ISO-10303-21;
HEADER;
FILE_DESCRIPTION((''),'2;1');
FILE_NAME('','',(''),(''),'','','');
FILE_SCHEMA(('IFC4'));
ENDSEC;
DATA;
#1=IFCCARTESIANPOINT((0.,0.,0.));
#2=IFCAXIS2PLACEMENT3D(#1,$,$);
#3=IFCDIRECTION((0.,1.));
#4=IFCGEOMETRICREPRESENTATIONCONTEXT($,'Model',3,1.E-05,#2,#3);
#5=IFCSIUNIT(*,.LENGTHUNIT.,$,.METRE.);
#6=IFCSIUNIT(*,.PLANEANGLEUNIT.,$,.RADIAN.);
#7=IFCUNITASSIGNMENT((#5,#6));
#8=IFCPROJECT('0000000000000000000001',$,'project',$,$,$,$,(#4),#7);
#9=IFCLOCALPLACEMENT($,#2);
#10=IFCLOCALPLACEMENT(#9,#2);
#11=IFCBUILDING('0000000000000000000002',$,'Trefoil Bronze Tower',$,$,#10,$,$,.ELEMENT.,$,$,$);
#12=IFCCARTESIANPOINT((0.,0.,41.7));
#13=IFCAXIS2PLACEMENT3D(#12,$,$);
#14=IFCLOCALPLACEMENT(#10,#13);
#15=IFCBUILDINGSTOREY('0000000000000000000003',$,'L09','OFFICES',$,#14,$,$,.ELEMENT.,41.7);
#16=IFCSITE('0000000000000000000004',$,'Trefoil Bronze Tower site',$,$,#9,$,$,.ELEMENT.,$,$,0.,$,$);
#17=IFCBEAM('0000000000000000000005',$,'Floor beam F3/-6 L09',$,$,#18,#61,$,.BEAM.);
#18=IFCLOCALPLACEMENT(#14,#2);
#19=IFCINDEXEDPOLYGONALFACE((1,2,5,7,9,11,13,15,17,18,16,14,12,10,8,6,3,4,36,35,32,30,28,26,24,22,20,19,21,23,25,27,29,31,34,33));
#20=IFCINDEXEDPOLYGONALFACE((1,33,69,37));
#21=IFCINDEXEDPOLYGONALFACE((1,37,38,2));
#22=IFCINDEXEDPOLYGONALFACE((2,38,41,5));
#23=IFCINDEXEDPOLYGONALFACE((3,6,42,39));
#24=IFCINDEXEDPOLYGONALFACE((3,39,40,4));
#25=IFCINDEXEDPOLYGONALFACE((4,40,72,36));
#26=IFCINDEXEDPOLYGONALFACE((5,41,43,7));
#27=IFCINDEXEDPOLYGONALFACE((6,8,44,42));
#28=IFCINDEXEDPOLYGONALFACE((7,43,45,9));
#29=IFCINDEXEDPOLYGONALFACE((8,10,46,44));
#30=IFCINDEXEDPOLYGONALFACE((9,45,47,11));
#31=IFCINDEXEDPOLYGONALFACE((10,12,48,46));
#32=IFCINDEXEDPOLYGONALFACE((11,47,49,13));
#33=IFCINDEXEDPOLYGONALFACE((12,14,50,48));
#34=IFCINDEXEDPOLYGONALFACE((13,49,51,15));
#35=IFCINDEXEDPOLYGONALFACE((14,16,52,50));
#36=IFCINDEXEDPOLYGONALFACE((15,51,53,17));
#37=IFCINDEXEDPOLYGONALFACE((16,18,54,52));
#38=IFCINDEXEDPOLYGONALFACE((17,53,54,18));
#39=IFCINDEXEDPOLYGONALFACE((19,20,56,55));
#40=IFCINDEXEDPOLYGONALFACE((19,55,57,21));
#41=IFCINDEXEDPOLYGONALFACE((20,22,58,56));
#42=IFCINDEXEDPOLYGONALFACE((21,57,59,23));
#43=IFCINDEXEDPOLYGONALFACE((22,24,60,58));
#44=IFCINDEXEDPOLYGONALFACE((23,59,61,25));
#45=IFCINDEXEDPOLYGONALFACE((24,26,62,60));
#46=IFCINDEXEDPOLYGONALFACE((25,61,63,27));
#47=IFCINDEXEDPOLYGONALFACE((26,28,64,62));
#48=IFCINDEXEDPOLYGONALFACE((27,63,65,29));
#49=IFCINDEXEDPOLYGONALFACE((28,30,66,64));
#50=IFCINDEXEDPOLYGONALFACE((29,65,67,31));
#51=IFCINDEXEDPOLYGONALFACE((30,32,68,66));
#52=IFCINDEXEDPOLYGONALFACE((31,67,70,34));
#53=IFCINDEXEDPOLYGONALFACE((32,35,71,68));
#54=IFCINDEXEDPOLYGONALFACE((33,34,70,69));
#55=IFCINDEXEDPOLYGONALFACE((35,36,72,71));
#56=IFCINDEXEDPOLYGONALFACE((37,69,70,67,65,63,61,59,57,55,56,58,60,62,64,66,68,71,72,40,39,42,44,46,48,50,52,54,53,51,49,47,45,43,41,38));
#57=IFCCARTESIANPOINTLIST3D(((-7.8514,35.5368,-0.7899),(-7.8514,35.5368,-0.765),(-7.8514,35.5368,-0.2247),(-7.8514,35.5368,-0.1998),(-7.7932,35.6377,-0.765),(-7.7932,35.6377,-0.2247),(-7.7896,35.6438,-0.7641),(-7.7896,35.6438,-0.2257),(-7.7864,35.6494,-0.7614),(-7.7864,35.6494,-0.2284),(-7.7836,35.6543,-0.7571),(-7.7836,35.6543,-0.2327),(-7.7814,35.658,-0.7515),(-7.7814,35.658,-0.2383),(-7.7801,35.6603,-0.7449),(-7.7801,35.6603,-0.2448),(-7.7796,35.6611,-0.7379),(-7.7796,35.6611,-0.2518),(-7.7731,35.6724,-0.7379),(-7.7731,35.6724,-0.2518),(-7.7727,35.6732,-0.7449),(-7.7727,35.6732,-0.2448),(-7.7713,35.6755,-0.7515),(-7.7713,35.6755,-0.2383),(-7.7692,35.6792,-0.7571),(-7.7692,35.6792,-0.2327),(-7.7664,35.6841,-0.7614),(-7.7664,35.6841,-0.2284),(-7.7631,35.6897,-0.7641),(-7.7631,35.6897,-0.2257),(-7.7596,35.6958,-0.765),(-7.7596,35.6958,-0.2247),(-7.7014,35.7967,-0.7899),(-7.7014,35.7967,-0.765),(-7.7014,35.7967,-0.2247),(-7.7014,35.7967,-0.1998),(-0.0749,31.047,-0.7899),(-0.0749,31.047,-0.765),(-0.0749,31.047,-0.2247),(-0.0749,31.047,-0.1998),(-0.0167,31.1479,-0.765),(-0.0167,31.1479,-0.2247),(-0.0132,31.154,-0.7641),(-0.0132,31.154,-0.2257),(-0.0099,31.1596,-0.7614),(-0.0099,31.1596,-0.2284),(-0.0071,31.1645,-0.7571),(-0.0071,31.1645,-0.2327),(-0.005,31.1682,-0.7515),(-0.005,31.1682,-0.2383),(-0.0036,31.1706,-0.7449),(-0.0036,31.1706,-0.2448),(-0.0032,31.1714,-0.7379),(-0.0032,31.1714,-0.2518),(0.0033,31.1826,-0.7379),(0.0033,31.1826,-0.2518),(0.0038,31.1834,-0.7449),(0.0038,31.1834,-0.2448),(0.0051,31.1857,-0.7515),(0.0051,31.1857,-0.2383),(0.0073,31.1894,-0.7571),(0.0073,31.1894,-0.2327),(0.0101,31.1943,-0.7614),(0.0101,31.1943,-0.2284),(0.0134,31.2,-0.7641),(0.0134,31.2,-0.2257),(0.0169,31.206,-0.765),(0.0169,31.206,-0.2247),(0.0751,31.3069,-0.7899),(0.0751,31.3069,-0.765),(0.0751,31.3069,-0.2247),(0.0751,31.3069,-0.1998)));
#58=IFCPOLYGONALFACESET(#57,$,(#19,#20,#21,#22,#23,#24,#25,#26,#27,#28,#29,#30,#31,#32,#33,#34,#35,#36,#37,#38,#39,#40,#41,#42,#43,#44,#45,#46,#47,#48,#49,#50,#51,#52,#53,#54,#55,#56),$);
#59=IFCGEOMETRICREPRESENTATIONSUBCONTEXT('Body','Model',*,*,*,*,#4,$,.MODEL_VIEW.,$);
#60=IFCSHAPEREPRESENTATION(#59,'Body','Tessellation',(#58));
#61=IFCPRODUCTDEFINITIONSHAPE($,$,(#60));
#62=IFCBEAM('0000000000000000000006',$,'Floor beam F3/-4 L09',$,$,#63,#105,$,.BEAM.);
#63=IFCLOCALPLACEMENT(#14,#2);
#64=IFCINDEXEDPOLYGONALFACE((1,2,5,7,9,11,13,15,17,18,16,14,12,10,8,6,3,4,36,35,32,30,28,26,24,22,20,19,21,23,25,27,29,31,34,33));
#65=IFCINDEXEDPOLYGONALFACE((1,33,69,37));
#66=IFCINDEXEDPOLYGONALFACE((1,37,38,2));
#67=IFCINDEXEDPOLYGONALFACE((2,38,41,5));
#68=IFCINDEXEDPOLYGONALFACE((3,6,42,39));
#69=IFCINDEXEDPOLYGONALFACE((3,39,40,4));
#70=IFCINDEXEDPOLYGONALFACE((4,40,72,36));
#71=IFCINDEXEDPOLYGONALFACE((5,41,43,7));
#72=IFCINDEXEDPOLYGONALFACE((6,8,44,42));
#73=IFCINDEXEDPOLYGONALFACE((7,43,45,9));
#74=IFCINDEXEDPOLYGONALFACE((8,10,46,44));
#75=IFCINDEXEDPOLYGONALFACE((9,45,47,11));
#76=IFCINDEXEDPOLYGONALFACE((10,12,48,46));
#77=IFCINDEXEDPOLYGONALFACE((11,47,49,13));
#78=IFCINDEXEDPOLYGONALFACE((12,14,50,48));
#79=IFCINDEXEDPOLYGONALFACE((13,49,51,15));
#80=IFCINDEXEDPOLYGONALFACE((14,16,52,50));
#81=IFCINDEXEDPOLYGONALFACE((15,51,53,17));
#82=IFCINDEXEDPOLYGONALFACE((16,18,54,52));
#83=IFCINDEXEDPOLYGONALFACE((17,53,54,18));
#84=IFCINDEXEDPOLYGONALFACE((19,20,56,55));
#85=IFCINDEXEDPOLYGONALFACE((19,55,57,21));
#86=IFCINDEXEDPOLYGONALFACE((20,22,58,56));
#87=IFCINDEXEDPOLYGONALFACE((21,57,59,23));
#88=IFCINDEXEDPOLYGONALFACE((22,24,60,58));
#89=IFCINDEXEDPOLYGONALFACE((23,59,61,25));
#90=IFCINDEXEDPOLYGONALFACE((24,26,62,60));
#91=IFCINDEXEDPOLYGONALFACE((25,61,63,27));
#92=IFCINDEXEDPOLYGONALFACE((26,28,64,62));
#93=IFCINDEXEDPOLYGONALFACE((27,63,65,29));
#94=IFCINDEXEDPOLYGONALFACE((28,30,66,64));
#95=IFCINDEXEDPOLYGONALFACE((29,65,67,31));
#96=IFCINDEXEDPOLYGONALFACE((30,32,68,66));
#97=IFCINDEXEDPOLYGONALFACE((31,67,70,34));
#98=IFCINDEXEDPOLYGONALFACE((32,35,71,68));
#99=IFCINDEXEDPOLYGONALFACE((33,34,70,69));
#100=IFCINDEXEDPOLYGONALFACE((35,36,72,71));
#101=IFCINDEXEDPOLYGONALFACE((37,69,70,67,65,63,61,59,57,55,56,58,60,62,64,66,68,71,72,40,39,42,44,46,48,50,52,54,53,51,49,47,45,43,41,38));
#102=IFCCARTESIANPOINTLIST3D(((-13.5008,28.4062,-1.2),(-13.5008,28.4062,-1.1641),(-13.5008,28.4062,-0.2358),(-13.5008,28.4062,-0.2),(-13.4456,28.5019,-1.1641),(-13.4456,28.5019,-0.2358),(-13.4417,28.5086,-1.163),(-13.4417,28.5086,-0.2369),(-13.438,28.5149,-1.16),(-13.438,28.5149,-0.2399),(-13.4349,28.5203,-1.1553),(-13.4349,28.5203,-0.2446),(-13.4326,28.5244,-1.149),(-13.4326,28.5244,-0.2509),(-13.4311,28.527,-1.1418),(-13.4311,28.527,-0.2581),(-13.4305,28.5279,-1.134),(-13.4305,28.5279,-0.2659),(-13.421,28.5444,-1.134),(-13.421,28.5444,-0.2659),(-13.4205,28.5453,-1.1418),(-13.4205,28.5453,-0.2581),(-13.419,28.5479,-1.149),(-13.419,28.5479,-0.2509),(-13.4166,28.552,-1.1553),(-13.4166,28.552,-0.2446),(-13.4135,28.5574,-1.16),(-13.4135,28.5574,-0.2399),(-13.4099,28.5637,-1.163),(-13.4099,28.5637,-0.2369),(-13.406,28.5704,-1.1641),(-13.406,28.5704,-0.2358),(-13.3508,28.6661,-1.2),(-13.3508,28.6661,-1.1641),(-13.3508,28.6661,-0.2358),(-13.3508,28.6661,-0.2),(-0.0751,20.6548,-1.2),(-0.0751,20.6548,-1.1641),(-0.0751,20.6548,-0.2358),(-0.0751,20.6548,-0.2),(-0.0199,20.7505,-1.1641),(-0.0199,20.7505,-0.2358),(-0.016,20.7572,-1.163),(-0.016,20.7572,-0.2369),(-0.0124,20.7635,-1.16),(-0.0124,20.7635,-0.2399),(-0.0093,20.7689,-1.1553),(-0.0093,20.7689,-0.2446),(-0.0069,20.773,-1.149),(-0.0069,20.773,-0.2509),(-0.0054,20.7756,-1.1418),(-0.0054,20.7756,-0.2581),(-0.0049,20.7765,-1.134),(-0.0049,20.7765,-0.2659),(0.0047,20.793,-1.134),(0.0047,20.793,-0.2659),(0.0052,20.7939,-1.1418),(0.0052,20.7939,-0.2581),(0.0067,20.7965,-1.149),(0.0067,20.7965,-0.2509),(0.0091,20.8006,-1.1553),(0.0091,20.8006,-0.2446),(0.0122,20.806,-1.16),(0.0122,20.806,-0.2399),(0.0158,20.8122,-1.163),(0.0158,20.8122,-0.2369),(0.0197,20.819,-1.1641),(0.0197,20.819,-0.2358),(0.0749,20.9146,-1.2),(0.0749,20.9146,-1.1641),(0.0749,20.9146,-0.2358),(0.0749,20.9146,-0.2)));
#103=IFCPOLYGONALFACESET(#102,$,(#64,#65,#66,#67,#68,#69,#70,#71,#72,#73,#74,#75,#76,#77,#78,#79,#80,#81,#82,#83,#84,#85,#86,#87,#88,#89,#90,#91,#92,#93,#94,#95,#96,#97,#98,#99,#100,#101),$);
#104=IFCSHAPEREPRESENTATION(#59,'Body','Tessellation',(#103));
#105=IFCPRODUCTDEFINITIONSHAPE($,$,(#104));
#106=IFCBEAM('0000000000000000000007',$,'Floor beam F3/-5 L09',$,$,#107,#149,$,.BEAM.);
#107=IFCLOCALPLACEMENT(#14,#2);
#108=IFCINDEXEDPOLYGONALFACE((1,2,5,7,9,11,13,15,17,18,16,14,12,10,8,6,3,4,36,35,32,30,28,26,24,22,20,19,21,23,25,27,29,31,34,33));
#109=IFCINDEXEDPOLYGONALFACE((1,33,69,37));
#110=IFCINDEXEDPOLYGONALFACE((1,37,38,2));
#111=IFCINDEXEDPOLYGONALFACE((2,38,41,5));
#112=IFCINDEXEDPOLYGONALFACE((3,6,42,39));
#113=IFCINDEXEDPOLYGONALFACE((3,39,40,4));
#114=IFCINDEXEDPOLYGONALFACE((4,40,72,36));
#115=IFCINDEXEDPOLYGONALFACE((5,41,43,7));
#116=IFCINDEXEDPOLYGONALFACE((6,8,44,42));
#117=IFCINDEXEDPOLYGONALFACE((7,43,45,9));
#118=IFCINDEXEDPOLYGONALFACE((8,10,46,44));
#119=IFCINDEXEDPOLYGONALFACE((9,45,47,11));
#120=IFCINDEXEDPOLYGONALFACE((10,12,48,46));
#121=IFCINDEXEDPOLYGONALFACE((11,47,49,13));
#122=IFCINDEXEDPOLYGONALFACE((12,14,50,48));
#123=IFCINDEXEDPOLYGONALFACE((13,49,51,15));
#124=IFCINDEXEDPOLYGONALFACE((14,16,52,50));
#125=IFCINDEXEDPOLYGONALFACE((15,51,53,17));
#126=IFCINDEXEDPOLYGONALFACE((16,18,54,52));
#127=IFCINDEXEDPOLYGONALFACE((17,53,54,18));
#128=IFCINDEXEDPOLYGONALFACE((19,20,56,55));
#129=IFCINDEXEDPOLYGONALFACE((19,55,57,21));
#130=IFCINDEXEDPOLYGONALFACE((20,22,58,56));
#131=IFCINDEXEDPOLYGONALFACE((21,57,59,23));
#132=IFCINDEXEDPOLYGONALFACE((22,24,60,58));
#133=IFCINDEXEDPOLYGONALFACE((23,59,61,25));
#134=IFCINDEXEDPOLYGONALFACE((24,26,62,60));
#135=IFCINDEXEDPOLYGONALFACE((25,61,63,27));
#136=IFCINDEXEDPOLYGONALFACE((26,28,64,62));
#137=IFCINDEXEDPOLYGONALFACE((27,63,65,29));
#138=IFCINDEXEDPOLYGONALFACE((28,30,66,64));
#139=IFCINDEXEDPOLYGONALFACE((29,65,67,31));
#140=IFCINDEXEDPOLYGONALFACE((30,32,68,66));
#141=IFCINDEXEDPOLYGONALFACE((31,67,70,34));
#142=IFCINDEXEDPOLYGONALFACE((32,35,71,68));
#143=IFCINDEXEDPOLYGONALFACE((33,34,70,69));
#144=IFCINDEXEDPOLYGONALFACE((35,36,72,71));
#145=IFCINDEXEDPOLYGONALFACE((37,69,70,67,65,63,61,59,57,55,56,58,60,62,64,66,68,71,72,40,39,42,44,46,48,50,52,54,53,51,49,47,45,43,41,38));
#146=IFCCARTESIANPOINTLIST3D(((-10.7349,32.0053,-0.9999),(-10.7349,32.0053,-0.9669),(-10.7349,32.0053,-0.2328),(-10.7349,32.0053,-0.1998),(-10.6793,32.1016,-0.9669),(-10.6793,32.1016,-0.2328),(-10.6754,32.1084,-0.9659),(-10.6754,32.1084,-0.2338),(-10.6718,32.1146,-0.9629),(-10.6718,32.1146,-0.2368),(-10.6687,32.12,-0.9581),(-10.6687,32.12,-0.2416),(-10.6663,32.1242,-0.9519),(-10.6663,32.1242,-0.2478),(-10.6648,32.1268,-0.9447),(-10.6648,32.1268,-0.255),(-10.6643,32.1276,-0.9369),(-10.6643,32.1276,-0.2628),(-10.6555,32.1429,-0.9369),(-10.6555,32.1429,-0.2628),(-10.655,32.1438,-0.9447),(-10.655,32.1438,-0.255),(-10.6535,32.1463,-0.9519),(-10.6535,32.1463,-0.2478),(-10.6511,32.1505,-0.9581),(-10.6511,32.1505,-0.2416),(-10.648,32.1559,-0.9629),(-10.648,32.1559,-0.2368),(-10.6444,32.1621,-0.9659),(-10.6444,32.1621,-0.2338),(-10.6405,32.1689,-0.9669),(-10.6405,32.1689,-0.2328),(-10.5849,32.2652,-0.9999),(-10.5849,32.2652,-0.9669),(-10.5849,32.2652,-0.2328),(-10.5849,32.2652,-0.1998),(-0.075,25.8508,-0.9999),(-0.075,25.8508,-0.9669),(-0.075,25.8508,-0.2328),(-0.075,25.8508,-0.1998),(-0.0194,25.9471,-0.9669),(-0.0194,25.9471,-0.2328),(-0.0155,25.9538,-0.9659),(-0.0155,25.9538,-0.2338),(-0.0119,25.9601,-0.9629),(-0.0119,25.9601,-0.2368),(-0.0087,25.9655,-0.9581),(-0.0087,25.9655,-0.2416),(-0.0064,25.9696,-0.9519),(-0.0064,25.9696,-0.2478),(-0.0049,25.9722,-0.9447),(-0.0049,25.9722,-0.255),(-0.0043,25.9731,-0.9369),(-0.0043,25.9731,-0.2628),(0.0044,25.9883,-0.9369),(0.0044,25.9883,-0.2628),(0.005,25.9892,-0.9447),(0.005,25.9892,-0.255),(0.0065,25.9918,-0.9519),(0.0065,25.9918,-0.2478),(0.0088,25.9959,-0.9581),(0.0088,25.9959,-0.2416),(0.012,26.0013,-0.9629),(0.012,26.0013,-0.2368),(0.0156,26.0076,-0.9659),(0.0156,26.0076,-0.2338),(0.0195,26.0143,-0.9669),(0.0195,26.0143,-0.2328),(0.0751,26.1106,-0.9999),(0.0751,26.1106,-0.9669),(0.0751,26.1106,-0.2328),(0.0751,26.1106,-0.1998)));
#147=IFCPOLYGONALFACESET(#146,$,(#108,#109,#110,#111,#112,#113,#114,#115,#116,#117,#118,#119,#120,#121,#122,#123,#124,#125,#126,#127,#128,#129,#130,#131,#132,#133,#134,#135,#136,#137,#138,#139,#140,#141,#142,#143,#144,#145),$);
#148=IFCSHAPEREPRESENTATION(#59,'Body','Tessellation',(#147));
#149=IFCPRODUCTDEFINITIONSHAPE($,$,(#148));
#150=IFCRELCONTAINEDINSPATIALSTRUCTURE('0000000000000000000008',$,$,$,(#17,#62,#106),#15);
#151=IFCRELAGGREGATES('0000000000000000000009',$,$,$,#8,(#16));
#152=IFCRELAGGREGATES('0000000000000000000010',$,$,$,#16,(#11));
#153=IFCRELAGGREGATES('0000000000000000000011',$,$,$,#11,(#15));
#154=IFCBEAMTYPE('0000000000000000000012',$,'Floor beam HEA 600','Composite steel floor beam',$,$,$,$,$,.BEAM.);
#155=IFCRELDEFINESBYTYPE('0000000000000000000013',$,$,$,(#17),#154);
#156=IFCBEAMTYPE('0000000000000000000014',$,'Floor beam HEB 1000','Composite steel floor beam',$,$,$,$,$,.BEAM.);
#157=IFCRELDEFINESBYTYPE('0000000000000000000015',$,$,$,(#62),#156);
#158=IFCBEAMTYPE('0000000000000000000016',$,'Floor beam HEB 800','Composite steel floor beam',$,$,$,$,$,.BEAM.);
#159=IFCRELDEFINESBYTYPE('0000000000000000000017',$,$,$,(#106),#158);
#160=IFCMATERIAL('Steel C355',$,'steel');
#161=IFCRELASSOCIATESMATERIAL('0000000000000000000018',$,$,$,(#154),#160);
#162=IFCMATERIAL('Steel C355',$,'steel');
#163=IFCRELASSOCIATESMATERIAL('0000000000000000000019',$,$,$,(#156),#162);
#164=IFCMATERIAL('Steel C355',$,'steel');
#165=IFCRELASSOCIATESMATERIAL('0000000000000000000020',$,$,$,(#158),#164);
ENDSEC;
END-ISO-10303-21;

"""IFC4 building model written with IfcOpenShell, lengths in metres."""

from ifc_helpers import new_model, si_unit, direction, frame, origin, origin_2d, place, context, subcontext, project, spatial, i_section, extrude, material, material_profile, profile_set, type_object, element, save


model = new_model("IFC4")

# Units and contexts
model_context = context("Model", 3, precision=1e-05, world=origin(), true_north=direction((0.0, 1.0)))
body_context = subcontext(model_context, "Body", "Model", "MODEL_VIEW")
ifc_project = project(units=[si_unit("LENGTHUNIT", "METRE"), si_unit("PLANEANGLEUNIT", "RADIAN")], contexts=[model_context])

# Site, building, storey
site_placement = place(None, origin())
site = spatial("IfcSite", under=ifc_project, at=site_placement, Name="Trefoil Bronze Tower site", CompositionType="ELEMENT", RefElevation=0.0)
building_placement = place(site_placement, origin())
building = spatial("IfcBuilding", under=site, at=building_placement, Name="Trefoil Bronze Tower", CompositionType="ELEMENT")
storey_placement = place(building_placement, frame((0.0, 0.0, 41.7)))
storey = spatial("IfcBuildingStorey", under=building, at=storey_placement, Name="L09", Description="OFFICES", CompositionType="ELEMENT", Elevation=41.7)

# Beams
ifc_material_1 = material(Name="Steel C355", Category="steel")
ifc_material_profile_1 = material_profile(ifc_material_1, i_section(OverallWidth=0.3, OverallDepth=0.5901, WebThickness=0.0129, FlangeThickness=0.0249, FilletRadius=0.0271, at=origin_2d()), Name="HEA 600")
ifc_profile_set_1 = profile_set([ifc_material_profile_1], Name="Steel C355")
beam_type_1 = type_object("IfcBeamType", Name="Floor beam HEA 600", Description="Composite steel floor beam", PredefinedType="BEAM", material=ifc_profile_set_1)
beam_1_placement = place(storey_placement, frame((-7.7764, 35.6667, -0.4949), z_axis=(0.866023, -0.500005, 0.0), x_axis=(0.500005, 0.866023, 0.0)))
element("IfcBeam", 1, at=beam_1_placement, inside=storey, type_object=beam_type_1, Name="Floor beam F3/-6 L09", PredefinedType="BEAM", context=body_context, shape_type="SweptSolid", body=[
    extrude(i_section(OverallWidth=0.3, OverallDepth=0.5901, WebThickness=0.0129, FlangeThickness=0.0249, FilletRadius=0.0271, at=origin_2d()), origin(), (0.0, 0.0, 1.0), 8.9795),
])
ifc_material_2 = material(Name="Steel C355", Category="steel")
ifc_material_profile_2 = material_profile(ifc_material_2, i_section(OverallWidth=0.3, OverallDepth=1.0, WebThickness=0.019, FlangeThickness=0.0359, FilletRadius=0.03, at=origin_2d()), Name="HEB 1000")
ifc_profile_set_2 = profile_set([ifc_material_profile_2], Name="Steel C355")
beam_type_2 = type_object("IfcBeamType", Name="Floor beam HEB 1000", Description="Composite steel floor beam", PredefinedType="BEAM", material=ifc_profile_set_2)
beam_2_placement = place(storey_placement, frame((-13.4258, 28.5361, -0.7), z_axis=(0.866023, -0.500004, 0.0), x_axis=(0.500004, 0.866023, 0.0)))
element("IfcBeam", 2, at=beam_2_placement, inside=storey, type_object=beam_type_2, Name="Floor beam F3/-4 L09", PredefinedType="BEAM", context=body_context, shape_type="SweptSolid", body=[
    extrude(i_section(OverallWidth=0.3, OverallDepth=1.0, WebThickness=0.019, FlangeThickness=0.0359, FilletRadius=0.03, at=origin_2d()), origin(), (0.0, 0.0, 1.0), 15.5027),
])
ifc_material_3 = material(Name="Steel C355", Category="steel")
ifc_material_profile_3 = material_profile(ifc_material_3, i_section(OverallWidth=0.3, OverallDepth=0.8, WebThickness=0.0176, FlangeThickness=0.033, FilletRadius=0.03, at=origin_2d()), Name="HEB 800")
ifc_profile_set_3 = profile_set([ifc_material_profile_3], Name="Steel C355")
beam_type_3 = type_object("IfcBeamType", Name="Floor beam HEB 800", Description="Composite steel floor beam", PredefinedType="BEAM", material=ifc_profile_set_3)
beam_3_placement = place(storey_placement, frame((-10.6599, 32.1353, -0.5999), z_axis=(0.866024, -0.500002, 0.0), x_axis=(0.500002, 0.866024, 0.0)))
element("IfcBeam", 3, at=beam_3_placement, inside=storey, type_object=beam_type_3, Name="Floor beam F3/-5 L09", PredefinedType="BEAM", context=body_context, shape_type="SweptSolid", body=[
    extrude(i_section(OverallWidth=0.3, OverallDepth=0.8, WebThickness=0.0176, FlangeThickness=0.033, FilletRadius=0.03, at=origin_2d()), origin(), (0.0, 0.0, 1.0), 12.3091),
])

save(model, "model.ifc")
